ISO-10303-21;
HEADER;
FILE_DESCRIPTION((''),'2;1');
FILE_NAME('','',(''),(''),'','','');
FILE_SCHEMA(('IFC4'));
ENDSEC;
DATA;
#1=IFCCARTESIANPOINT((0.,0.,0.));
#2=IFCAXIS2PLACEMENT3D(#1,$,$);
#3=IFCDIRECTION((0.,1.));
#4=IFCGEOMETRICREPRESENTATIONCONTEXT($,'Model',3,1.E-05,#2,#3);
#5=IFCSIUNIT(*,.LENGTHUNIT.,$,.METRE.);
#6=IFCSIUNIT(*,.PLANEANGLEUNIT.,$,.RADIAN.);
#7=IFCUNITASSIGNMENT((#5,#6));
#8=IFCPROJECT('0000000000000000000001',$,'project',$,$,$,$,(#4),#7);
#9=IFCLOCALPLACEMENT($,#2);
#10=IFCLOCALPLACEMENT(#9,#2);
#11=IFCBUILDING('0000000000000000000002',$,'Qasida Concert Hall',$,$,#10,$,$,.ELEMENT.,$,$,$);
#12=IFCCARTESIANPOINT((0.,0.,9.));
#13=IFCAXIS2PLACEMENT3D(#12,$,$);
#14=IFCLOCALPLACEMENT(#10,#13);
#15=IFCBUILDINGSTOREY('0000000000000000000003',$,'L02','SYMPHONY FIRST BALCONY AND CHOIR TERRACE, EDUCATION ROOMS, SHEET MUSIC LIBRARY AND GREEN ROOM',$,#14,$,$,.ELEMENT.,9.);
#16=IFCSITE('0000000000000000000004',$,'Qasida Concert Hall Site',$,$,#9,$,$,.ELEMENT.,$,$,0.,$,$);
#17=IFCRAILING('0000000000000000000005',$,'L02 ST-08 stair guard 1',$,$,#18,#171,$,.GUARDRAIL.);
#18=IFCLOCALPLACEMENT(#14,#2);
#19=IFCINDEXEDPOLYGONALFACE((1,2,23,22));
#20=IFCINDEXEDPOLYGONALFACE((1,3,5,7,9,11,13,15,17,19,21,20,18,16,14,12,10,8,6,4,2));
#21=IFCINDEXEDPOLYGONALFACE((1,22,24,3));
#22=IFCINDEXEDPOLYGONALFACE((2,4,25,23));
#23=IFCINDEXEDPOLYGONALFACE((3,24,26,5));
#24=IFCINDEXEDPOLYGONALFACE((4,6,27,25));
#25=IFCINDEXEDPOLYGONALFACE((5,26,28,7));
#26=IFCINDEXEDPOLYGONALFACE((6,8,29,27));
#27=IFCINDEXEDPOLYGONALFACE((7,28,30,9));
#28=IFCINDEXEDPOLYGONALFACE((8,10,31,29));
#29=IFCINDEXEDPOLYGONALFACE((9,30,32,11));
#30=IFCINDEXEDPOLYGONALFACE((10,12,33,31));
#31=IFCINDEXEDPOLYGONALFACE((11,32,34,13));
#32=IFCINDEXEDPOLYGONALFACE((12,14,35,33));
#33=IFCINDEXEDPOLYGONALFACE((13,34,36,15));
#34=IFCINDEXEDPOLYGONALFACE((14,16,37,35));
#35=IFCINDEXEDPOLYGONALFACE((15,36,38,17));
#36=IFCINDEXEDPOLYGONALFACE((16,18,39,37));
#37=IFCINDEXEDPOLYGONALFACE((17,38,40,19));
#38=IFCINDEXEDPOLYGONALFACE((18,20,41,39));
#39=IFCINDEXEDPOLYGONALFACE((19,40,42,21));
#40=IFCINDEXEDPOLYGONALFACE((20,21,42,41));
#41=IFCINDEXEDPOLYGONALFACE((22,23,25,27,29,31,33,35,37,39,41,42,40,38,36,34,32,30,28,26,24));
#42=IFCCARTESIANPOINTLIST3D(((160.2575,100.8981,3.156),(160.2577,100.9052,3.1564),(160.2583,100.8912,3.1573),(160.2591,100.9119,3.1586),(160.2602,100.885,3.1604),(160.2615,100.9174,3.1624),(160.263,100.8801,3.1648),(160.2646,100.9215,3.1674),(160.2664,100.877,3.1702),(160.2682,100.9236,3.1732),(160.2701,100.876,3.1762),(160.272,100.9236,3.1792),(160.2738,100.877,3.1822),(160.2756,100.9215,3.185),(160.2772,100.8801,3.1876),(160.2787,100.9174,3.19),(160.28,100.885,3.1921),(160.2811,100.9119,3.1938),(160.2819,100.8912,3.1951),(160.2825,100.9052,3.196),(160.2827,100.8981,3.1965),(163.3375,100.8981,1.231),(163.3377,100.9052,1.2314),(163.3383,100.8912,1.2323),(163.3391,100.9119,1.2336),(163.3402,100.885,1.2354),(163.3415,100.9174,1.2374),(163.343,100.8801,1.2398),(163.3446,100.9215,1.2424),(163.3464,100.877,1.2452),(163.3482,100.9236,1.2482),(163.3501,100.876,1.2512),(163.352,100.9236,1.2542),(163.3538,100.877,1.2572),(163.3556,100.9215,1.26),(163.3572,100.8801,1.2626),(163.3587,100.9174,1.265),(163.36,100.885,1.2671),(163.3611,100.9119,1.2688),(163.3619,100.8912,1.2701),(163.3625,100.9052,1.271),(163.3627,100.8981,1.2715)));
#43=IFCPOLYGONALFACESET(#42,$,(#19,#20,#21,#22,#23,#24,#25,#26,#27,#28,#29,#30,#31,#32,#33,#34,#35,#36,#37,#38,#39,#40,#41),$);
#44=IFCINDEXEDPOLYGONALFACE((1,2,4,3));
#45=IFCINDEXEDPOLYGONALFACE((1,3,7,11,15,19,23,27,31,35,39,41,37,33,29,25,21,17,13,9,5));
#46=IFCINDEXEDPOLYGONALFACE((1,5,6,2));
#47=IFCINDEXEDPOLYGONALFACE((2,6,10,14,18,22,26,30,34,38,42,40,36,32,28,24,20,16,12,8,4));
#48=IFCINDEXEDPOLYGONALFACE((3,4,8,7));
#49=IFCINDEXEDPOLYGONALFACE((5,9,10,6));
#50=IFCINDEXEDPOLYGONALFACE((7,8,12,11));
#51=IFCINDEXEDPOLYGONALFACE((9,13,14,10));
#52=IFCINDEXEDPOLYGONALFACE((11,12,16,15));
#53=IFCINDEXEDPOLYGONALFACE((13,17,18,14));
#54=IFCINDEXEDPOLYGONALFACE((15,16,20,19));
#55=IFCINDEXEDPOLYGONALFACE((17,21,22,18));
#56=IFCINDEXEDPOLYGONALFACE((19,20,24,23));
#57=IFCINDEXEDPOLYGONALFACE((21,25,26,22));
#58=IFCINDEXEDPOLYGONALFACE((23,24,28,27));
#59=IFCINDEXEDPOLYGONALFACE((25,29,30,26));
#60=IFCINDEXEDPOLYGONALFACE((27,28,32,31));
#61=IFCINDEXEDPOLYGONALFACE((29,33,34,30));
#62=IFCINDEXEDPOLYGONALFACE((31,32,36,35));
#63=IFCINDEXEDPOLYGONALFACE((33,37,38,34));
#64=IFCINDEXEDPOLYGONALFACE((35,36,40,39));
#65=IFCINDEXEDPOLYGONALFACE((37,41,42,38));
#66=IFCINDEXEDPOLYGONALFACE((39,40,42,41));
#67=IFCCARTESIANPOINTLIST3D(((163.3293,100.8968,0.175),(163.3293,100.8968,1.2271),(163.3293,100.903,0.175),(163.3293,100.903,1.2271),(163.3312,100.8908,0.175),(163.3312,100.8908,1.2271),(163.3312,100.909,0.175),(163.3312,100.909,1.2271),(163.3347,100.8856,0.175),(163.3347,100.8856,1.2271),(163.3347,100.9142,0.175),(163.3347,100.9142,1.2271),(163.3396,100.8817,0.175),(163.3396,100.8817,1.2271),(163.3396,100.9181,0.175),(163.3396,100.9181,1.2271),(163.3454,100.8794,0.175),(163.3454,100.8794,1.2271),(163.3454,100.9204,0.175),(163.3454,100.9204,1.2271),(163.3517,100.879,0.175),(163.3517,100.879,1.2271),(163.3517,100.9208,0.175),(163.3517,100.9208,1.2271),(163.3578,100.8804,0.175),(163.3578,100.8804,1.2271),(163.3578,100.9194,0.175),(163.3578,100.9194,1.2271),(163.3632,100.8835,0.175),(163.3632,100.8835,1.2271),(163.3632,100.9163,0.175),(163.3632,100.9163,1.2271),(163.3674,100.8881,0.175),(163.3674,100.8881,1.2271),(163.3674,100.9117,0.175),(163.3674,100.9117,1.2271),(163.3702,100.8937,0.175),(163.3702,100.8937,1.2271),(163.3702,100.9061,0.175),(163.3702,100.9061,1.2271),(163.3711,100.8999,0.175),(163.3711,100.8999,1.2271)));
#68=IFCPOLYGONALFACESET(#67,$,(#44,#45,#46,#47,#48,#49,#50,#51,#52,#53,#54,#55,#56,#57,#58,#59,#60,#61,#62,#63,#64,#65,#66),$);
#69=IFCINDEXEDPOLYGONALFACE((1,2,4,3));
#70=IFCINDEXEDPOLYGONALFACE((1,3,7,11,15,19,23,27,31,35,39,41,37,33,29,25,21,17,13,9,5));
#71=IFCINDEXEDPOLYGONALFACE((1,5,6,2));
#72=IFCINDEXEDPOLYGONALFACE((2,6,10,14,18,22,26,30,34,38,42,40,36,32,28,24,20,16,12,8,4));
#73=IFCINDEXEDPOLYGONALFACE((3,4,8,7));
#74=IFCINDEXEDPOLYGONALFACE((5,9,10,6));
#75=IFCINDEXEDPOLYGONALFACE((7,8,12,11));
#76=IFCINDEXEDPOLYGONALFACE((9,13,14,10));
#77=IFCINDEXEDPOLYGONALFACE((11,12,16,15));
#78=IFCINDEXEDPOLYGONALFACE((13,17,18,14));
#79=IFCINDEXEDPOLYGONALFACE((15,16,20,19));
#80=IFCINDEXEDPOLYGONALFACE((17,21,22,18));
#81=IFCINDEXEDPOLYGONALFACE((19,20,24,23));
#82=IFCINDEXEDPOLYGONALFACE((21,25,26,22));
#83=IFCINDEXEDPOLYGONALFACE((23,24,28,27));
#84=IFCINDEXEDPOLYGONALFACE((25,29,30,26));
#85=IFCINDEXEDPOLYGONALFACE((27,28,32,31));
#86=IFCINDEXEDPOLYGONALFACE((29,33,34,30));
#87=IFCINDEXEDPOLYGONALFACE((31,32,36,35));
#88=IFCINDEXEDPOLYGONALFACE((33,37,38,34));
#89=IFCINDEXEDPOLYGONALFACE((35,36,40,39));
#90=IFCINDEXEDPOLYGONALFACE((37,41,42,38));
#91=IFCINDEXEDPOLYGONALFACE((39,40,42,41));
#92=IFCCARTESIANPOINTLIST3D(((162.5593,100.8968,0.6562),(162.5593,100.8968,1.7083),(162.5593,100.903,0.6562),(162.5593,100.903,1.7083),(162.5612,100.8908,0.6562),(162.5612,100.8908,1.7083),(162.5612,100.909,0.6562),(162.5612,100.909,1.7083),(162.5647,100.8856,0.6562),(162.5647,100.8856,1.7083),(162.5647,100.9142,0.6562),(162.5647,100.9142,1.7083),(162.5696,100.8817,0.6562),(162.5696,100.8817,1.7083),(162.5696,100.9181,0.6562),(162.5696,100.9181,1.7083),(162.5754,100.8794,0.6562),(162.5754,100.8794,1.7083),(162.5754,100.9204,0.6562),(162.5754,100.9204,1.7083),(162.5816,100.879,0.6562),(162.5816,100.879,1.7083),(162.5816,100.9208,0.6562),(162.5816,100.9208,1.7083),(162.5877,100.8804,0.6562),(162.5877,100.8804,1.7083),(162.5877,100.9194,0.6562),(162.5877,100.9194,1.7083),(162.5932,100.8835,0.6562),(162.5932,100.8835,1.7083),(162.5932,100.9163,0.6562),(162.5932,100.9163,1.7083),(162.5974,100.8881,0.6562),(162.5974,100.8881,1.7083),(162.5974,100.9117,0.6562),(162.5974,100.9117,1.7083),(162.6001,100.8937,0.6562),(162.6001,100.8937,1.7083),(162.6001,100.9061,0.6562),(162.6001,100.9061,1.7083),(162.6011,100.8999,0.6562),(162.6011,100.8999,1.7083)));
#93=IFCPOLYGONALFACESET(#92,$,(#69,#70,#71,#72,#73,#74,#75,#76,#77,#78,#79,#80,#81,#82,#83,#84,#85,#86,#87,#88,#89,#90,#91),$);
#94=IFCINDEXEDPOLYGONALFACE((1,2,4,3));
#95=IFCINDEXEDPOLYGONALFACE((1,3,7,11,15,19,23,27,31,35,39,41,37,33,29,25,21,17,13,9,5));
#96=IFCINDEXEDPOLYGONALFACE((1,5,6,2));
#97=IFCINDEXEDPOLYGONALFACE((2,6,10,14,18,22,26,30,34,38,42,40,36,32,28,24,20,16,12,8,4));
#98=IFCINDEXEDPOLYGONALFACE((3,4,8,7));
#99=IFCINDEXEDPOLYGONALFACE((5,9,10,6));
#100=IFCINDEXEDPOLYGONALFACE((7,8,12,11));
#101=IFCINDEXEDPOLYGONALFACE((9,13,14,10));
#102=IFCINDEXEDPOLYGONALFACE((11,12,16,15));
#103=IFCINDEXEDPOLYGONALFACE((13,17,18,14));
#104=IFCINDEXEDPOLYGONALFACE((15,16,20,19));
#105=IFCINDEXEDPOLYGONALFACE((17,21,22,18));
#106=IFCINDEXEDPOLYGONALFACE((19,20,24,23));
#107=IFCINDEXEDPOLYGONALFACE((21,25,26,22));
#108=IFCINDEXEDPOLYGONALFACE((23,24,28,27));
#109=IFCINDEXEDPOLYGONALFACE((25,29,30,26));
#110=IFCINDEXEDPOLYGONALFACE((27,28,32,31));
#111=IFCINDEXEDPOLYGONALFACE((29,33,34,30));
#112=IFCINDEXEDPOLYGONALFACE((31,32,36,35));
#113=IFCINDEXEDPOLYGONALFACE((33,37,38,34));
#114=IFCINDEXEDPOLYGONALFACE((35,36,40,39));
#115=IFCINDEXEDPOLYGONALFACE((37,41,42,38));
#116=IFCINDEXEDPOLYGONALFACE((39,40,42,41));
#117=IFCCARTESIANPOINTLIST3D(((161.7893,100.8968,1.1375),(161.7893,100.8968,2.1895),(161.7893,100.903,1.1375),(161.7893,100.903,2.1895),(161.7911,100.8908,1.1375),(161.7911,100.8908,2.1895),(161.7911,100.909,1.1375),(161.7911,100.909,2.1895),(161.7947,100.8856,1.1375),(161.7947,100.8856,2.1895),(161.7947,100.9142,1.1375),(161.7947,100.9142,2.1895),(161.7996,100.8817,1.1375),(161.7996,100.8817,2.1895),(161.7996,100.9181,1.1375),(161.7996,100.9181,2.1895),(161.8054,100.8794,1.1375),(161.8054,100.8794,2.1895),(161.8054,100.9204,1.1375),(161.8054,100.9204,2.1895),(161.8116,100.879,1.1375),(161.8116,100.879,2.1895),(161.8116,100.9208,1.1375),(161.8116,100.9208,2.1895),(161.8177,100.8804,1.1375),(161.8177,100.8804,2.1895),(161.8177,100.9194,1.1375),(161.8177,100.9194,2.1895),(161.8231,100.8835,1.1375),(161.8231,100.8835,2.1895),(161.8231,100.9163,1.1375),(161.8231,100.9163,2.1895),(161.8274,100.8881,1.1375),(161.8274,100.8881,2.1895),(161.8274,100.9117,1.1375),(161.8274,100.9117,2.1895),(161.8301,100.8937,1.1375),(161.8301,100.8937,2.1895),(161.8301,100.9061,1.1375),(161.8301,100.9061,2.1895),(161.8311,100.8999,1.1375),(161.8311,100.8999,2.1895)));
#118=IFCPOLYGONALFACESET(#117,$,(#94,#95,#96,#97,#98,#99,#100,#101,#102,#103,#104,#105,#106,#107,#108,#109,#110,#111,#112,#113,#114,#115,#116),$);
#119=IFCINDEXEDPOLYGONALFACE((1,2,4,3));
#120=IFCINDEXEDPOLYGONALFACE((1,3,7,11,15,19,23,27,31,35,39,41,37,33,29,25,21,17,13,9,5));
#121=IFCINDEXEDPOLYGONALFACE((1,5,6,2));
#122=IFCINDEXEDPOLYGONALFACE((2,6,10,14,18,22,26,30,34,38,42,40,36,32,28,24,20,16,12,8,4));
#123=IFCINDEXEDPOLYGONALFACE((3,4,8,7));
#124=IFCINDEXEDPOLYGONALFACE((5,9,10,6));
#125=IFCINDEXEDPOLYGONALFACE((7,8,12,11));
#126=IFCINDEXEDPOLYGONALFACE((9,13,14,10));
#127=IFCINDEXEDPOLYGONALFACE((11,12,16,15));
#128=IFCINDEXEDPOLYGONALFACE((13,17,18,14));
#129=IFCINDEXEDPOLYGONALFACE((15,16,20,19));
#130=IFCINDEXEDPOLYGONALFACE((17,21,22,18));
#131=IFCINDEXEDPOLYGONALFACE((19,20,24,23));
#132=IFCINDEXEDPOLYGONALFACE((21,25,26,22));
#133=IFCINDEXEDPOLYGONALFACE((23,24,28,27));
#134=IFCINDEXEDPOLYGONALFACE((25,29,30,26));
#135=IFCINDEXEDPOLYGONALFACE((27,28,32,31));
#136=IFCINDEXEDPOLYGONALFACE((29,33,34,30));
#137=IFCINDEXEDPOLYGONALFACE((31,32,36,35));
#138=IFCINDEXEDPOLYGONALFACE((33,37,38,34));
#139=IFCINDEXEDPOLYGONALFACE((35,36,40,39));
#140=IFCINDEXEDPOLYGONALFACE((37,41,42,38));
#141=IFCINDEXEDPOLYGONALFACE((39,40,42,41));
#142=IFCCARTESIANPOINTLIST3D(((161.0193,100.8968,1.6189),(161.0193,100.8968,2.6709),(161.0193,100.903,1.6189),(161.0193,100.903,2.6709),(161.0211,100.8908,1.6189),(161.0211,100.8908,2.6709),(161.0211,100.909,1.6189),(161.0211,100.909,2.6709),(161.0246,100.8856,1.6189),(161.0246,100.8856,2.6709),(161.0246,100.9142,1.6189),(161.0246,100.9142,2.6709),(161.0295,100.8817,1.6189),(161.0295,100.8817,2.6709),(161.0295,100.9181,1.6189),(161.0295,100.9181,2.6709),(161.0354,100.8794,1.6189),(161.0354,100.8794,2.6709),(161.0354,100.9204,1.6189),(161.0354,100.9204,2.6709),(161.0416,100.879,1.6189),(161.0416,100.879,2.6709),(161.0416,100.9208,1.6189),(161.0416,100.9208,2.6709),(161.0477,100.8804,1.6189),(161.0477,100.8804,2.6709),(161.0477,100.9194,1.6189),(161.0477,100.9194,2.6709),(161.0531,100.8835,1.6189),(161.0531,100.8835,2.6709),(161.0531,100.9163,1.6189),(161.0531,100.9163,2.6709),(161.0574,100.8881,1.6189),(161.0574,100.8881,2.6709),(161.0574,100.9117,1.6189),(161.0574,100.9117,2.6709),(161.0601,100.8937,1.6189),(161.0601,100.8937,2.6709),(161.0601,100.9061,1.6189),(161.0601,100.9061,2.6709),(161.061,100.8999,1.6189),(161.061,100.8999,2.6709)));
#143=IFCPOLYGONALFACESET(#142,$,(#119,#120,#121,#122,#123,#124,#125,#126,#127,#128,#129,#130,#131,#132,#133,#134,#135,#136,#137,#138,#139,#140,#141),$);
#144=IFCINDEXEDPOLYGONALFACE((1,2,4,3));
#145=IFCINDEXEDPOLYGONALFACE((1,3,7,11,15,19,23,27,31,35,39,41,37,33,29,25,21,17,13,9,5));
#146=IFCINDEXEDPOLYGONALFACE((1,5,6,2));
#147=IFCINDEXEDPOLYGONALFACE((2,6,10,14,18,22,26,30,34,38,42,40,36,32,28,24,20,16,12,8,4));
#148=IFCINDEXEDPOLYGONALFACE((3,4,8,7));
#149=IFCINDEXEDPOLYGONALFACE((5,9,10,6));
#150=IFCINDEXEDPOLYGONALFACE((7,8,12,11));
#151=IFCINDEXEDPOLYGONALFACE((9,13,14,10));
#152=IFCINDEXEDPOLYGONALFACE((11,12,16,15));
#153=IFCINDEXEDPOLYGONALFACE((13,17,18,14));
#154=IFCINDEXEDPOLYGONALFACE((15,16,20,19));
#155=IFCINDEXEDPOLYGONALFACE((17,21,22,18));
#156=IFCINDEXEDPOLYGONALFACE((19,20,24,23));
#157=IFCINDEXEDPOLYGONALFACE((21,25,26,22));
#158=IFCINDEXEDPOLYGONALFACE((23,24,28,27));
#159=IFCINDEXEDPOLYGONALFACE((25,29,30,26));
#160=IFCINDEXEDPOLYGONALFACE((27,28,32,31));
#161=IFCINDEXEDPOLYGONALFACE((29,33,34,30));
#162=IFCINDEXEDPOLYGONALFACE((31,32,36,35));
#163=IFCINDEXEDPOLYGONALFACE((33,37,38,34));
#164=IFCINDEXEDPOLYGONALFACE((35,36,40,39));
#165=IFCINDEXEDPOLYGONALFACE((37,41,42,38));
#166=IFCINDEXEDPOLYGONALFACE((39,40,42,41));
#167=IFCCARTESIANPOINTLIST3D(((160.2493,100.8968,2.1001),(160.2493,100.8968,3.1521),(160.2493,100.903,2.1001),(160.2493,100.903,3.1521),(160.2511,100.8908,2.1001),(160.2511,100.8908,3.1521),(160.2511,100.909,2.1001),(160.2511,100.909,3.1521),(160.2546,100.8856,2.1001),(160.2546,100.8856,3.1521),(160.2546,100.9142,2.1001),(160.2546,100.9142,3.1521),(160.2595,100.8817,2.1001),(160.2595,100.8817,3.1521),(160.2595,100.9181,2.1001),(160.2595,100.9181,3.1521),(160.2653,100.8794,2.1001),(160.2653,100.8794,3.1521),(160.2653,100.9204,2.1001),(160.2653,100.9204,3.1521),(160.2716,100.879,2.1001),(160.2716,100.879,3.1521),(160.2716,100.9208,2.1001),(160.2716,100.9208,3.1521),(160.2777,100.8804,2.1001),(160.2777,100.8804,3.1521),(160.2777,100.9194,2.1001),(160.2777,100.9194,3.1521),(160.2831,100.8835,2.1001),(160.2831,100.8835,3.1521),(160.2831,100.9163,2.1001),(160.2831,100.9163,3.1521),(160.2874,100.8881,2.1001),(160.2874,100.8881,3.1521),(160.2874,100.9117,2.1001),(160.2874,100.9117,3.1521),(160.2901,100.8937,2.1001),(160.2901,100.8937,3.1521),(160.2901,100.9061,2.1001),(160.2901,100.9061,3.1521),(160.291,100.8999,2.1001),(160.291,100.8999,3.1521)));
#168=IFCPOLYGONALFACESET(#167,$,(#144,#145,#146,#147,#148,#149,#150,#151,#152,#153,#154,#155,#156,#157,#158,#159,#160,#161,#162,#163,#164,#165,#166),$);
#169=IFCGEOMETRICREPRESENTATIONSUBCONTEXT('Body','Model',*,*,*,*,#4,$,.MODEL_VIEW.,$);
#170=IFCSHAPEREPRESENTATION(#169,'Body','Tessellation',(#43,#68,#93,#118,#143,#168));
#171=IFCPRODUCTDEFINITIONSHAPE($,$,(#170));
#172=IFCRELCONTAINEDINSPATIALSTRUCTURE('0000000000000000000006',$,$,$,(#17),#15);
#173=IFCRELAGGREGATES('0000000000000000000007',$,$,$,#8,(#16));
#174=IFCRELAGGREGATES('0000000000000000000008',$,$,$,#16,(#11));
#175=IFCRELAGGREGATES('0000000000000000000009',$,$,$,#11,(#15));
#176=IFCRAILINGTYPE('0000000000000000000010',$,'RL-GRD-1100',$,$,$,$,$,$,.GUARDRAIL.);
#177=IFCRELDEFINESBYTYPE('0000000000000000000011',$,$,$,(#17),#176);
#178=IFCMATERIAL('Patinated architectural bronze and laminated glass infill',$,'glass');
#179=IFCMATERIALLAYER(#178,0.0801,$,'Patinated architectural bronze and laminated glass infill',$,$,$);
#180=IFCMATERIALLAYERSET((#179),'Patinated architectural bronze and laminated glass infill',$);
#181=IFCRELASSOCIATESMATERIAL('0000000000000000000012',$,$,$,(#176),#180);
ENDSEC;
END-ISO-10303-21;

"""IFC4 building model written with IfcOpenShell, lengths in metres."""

from ifc_helpers import new_model, si_unit, direction, frame, origin, origin_2d, place, context, subcontext, project, spatial, circle, extrude, material, layer, layer_set, type_object, element, save


model = new_model("IFC4")

# Units and contexts
model_context = context("Model", 3, precision=1e-05, world=origin(), true_north=direction((0.0, 1.0)))
body_context = subcontext(model_context, "Body", "Model", "MODEL_VIEW")
ifc_project = project(units=[si_unit("LENGTHUNIT", "METRE"), si_unit("PLANEANGLEUNIT", "RADIAN")], contexts=[model_context])

# Site, building, storey
site_placement = place(None, origin())
site = spatial("IfcSite", under=ifc_project, at=site_placement, Name="Qasida Concert Hall Site", CompositionType="ELEMENT", RefElevation=0.0)
building_placement = place(site_placement, origin())
building = spatial("IfcBuilding", under=site, at=building_placement, Name="Qasida Concert Hall", CompositionType="ELEMENT")
storey_placement = place(building_placement, frame((0.0, 0.0, 9.0)))
storey = spatial("IfcBuildingStorey", under=building, at=storey_placement, Name="L02", Description="SYMPHONY FIRST BALCONY AND CHOIR TERRACE, EDUCATION ROOMS, SHEET MUSIC LIBRARY AND GREEN ROOM", CompositionType="ELEMENT", Elevation=9.0)

# Railing
ifc_material_1 = material(Name="Patinated architectural bronze and laminated glass infill", Category="glass")
ifc_layer_1 = layer(ifc_material_1, 0.0801, Name="Patinated architectural bronze and laminated glass infill")
ifc_layer_set_1 = layer_set([ifc_layer_1], Name="Patinated architectural bronze and laminated glass infill")
railing_type_1 = type_object("IfcRailingType", Name="RL-GRD-1100", PredefinedType="GUARDRAIL", material=ifc_layer_set_1)
railing_1_placement = place(storey_placement, frame((163.3501, 100.8999, 0.175)))
element("IfcRailing", 1, at=railing_1_placement, inside=storey, type_object=railing_type_1, Name="L02 ST-08 stair guard 1", PredefinedType="GUARDRAIL", context=body_context, shape_type="SweptSolid", body=[
    extrude(circle(Radius=0.0239, at=origin_2d()), frame((0.0, 0.0, 1.0762), z_axis=(-0.847998, 0.0, 0.529999), x_axis=(0.0, -1.0, 0.0)), (0.0, 0.0, 1.0), 3.6321),
    extrude(circle(Radius=0.021, at=origin_2d()), origin(), (0.0, 0.0, 1.0), 1.052),
    extrude(circle(Radius=0.021, at=origin_2d()), frame((-0.77, 0.0, 0.4812)), (0.0, 0.0, 1.0), 1.052),
    extrude(circle(Radius=0.021, at=origin_2d()), frame((-1.54, 0.0, 0.9624)), (0.0, 0.0, 1.0), 1.052),
    extrude(circle(Radius=0.021, at=origin_2d()), frame((-2.3101, 0.0, 1.4438)), (0.0, 0.0, 1.0), 1.052),
    extrude(circle(Radius=0.021, at=origin_2d()), frame((-3.0801, 0.0, 1.925)), (0.0, 0.0, 1.0), 1.052),
])

save(model, "model.ifc")
